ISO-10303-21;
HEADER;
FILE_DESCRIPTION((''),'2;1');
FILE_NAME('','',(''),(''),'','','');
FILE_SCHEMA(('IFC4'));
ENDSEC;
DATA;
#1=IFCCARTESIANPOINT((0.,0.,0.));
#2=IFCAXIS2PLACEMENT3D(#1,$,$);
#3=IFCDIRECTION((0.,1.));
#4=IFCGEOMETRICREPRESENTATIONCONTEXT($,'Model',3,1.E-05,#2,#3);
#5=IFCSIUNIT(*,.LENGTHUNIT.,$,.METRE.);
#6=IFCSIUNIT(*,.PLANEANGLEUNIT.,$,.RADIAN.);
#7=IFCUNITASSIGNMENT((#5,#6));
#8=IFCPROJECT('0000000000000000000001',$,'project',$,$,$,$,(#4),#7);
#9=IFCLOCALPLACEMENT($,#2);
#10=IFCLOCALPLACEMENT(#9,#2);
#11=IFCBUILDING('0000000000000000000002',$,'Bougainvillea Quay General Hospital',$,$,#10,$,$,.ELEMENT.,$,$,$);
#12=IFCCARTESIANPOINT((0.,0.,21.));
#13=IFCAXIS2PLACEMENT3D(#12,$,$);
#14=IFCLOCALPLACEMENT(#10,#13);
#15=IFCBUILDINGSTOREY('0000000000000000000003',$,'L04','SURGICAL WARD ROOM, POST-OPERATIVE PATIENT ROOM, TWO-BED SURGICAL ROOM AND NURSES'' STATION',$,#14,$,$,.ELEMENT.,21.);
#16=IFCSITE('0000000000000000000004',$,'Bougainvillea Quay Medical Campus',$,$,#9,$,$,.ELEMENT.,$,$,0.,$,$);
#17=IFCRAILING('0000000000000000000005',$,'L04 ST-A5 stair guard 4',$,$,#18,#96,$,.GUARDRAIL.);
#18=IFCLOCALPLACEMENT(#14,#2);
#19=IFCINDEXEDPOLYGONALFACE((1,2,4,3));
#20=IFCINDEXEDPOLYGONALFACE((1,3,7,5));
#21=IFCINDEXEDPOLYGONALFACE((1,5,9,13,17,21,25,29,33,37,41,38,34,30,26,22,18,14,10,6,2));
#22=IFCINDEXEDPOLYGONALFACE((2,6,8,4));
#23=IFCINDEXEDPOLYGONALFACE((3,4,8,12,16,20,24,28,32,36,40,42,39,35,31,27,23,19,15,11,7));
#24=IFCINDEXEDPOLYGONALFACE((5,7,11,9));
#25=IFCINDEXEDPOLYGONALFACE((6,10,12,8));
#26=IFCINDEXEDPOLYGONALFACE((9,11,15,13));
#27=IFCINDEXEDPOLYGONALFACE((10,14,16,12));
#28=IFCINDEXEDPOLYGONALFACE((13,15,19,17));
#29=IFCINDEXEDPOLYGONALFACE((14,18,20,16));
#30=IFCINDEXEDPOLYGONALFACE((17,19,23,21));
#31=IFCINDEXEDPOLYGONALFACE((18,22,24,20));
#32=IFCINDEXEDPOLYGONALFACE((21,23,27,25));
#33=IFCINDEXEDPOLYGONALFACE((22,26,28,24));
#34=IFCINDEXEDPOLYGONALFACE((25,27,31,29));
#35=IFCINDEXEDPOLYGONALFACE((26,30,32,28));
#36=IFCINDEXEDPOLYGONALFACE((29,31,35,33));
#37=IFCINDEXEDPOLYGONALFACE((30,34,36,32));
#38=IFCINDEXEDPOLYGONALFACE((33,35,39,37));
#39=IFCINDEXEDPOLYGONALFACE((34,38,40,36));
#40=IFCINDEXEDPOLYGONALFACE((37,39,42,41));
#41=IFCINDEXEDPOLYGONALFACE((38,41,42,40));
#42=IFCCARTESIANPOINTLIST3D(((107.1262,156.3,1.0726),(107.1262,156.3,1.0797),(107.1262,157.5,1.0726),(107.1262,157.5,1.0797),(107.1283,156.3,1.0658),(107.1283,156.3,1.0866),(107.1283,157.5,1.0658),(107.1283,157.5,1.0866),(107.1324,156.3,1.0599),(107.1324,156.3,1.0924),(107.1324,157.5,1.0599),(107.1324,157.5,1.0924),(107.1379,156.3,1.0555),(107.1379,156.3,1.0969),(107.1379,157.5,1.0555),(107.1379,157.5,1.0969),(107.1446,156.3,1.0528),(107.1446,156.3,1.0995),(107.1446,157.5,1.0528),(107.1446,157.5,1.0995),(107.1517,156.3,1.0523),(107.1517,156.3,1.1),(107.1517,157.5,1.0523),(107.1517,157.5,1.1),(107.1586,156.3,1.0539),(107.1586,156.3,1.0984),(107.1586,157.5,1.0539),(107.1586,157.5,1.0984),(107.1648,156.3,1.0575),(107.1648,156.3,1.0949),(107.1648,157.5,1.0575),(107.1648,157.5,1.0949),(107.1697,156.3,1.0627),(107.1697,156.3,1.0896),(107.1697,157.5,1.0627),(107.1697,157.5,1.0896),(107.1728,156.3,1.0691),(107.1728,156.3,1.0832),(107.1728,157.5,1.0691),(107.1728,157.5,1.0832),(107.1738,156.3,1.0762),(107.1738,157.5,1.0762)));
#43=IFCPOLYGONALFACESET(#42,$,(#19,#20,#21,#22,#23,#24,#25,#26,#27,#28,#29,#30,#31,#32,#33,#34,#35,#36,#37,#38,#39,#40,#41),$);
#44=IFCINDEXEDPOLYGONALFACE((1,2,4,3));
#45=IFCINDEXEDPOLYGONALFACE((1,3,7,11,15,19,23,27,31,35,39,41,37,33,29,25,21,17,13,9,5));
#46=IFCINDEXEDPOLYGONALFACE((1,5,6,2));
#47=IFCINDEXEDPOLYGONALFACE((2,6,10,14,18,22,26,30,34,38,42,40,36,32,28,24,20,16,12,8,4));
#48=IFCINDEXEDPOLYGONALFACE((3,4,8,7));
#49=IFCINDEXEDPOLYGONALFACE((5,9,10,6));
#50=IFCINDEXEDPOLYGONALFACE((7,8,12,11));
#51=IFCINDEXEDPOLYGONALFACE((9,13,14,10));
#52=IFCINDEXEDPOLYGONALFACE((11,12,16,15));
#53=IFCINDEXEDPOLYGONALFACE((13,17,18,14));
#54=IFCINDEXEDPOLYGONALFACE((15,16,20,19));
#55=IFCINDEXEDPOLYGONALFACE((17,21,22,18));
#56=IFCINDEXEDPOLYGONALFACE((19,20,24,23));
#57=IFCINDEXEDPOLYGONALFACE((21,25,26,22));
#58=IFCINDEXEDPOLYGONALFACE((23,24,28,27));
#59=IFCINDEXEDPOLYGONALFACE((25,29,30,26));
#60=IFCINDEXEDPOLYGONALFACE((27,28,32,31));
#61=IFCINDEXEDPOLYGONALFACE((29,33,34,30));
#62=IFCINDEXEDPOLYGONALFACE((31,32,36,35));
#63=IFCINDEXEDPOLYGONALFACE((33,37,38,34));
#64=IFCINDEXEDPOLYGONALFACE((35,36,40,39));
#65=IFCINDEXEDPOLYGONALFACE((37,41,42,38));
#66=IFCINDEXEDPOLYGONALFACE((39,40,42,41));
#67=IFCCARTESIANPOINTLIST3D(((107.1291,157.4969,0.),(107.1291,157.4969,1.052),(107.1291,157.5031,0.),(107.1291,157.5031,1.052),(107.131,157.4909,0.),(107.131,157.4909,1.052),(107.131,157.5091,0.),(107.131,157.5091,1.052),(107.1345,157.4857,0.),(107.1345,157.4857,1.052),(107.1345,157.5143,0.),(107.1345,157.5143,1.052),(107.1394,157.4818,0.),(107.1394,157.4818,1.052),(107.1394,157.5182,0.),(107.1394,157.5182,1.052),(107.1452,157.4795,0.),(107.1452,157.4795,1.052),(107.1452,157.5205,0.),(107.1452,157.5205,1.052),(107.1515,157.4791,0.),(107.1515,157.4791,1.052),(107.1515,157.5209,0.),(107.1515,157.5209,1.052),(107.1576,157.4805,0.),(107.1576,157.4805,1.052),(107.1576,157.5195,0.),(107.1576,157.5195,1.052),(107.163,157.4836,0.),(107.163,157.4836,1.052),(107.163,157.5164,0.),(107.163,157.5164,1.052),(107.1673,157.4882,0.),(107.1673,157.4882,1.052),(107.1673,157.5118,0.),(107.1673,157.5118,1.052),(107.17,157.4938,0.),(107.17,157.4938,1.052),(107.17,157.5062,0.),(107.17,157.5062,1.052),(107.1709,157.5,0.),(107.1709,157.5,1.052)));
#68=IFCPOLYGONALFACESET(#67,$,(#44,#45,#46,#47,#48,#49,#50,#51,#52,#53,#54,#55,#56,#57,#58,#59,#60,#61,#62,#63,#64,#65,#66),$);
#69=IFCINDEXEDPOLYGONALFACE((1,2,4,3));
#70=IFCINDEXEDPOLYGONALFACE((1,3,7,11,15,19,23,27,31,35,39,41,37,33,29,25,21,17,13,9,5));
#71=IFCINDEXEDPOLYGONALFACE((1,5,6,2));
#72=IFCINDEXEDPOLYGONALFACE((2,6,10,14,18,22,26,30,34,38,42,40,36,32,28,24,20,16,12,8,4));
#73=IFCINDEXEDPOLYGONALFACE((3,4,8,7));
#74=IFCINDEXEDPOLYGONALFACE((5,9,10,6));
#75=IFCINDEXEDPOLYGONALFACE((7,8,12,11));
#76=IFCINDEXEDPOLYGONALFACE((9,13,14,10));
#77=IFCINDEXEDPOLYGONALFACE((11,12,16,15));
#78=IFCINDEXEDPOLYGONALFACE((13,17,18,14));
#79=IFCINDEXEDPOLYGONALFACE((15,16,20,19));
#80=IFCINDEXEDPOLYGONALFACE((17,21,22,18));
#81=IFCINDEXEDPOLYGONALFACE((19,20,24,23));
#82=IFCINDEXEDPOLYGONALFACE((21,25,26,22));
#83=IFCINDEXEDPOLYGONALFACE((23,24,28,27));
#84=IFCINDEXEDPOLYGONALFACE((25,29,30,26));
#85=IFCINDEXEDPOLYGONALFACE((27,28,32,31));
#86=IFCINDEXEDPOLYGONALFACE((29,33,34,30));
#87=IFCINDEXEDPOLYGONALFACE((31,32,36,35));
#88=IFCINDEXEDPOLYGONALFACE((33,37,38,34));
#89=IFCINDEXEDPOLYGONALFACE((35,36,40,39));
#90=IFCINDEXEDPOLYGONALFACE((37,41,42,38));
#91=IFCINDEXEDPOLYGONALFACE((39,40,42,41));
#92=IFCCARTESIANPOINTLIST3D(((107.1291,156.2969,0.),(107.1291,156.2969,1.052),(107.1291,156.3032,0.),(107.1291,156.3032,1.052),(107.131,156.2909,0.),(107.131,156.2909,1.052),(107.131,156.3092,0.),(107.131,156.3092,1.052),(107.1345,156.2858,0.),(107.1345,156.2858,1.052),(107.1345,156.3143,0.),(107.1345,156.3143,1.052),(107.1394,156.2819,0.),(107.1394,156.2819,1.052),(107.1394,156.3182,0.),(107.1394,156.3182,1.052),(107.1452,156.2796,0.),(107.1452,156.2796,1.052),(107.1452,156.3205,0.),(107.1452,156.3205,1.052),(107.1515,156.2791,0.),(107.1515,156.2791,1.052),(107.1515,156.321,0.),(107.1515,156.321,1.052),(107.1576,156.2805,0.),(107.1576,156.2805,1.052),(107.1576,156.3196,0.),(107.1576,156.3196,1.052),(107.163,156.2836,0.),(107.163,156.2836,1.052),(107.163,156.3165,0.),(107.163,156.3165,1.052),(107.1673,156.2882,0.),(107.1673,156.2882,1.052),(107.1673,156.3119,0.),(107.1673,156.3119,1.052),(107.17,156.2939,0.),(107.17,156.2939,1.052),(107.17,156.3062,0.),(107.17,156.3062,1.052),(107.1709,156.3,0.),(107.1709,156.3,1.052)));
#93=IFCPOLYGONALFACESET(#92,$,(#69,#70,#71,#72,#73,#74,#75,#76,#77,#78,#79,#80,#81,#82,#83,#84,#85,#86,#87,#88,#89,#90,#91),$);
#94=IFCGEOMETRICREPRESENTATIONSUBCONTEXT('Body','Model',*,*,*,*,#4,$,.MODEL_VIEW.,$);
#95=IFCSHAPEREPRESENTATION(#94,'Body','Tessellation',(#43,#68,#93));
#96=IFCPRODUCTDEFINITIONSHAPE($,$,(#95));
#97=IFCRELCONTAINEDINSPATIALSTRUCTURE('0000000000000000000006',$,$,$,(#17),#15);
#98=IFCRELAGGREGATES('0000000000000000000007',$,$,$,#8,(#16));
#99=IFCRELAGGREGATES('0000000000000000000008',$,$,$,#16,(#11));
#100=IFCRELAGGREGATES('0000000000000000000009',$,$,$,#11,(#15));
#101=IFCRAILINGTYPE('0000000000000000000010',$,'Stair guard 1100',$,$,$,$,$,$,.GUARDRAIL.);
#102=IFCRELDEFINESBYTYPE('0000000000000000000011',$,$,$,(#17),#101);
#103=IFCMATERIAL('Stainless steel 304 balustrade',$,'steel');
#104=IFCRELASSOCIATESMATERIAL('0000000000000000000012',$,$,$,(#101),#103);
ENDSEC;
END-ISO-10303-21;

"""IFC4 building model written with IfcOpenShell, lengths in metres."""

from ifc_helpers import new_model, si_unit, direction, frame, origin, origin_2d, place, context, subcontext, project, spatial, circle, extrude, material, type_object, element, save


model = new_model("IFC4")

# Units and contexts
model_context = context("Model", 3, precision=1e-05, world=origin(), true_north=direction((0.0, 1.0)))
body_context = subcontext(model_context, "Body", "Model", "MODEL_VIEW")
ifc_project = project(units=[si_unit("LENGTHUNIT", "METRE"), si_unit("PLANEANGLEUNIT", "RADIAN")], contexts=[model_context])

# Site, building, storey
site_placement = place(None, origin())
site = spatial("IfcSite", under=ifc_project, at=site_placement, Name="Bougainvillea Quay Medical Campus", CompositionType="ELEMENT", RefElevation=0.0)
building_placement = place(site_placement, origin())
building = spatial("IfcBuilding", under=site, at=building_placement, Name="Bougainvillea Quay General Hospital", CompositionType="ELEMENT")
storey_placement = place(building_placement, frame((0.0, 0.0, 21.0)))
storey = spatial("IfcBuildingStorey", under=building, at=storey_placement, Name="L04", Description="SURGICAL WARD ROOM, POST-OPERATIVE PATIENT ROOM, TWO-BED SURGICAL ROOM AND NURSES' STATION", CompositionType="ELEMENT", Elevation=21.0)

# Railing
ifc_material_1 = material(Name="Stainless steel 304 balustrade", Category="steel")
railing_type_1 = type_object("IfcRailingType", Name="Stair guard 1100", PredefinedType="GUARDRAIL", material=ifc_material_1)
railing_1_placement = place(storey_placement, frame((107.1499, 157.5, 0.0)))
element("IfcRailing", 1, at=railing_1_placement, inside=storey, type_object=railing_type_1, Name="L04 ST-A5 stair guard 4", PredefinedType="GUARDRAIL", context=body_context, shape_type="SweptSolid", body=[
    extrude(circle(Radius=0.0239, at=origin_2d()), frame((0.0, 0.0, 1.0762), z_axis=(0.0, -1.0, 0.0), x_axis=(1.0, 0.0, 0.0)), (0.0, 0.0, 1.0), 1.2),
    extrude(circle(Radius=0.021, at=origin_2d()), origin(), (0.0, 0.0, 1.0), 1.052),
    extrude(circle(Radius=0.021, at=origin_2d()), frame((0.0, -1.2, 0.0)), (0.0, 0.0, 1.0), 1.052),
])

save(model, "model.ifc")
